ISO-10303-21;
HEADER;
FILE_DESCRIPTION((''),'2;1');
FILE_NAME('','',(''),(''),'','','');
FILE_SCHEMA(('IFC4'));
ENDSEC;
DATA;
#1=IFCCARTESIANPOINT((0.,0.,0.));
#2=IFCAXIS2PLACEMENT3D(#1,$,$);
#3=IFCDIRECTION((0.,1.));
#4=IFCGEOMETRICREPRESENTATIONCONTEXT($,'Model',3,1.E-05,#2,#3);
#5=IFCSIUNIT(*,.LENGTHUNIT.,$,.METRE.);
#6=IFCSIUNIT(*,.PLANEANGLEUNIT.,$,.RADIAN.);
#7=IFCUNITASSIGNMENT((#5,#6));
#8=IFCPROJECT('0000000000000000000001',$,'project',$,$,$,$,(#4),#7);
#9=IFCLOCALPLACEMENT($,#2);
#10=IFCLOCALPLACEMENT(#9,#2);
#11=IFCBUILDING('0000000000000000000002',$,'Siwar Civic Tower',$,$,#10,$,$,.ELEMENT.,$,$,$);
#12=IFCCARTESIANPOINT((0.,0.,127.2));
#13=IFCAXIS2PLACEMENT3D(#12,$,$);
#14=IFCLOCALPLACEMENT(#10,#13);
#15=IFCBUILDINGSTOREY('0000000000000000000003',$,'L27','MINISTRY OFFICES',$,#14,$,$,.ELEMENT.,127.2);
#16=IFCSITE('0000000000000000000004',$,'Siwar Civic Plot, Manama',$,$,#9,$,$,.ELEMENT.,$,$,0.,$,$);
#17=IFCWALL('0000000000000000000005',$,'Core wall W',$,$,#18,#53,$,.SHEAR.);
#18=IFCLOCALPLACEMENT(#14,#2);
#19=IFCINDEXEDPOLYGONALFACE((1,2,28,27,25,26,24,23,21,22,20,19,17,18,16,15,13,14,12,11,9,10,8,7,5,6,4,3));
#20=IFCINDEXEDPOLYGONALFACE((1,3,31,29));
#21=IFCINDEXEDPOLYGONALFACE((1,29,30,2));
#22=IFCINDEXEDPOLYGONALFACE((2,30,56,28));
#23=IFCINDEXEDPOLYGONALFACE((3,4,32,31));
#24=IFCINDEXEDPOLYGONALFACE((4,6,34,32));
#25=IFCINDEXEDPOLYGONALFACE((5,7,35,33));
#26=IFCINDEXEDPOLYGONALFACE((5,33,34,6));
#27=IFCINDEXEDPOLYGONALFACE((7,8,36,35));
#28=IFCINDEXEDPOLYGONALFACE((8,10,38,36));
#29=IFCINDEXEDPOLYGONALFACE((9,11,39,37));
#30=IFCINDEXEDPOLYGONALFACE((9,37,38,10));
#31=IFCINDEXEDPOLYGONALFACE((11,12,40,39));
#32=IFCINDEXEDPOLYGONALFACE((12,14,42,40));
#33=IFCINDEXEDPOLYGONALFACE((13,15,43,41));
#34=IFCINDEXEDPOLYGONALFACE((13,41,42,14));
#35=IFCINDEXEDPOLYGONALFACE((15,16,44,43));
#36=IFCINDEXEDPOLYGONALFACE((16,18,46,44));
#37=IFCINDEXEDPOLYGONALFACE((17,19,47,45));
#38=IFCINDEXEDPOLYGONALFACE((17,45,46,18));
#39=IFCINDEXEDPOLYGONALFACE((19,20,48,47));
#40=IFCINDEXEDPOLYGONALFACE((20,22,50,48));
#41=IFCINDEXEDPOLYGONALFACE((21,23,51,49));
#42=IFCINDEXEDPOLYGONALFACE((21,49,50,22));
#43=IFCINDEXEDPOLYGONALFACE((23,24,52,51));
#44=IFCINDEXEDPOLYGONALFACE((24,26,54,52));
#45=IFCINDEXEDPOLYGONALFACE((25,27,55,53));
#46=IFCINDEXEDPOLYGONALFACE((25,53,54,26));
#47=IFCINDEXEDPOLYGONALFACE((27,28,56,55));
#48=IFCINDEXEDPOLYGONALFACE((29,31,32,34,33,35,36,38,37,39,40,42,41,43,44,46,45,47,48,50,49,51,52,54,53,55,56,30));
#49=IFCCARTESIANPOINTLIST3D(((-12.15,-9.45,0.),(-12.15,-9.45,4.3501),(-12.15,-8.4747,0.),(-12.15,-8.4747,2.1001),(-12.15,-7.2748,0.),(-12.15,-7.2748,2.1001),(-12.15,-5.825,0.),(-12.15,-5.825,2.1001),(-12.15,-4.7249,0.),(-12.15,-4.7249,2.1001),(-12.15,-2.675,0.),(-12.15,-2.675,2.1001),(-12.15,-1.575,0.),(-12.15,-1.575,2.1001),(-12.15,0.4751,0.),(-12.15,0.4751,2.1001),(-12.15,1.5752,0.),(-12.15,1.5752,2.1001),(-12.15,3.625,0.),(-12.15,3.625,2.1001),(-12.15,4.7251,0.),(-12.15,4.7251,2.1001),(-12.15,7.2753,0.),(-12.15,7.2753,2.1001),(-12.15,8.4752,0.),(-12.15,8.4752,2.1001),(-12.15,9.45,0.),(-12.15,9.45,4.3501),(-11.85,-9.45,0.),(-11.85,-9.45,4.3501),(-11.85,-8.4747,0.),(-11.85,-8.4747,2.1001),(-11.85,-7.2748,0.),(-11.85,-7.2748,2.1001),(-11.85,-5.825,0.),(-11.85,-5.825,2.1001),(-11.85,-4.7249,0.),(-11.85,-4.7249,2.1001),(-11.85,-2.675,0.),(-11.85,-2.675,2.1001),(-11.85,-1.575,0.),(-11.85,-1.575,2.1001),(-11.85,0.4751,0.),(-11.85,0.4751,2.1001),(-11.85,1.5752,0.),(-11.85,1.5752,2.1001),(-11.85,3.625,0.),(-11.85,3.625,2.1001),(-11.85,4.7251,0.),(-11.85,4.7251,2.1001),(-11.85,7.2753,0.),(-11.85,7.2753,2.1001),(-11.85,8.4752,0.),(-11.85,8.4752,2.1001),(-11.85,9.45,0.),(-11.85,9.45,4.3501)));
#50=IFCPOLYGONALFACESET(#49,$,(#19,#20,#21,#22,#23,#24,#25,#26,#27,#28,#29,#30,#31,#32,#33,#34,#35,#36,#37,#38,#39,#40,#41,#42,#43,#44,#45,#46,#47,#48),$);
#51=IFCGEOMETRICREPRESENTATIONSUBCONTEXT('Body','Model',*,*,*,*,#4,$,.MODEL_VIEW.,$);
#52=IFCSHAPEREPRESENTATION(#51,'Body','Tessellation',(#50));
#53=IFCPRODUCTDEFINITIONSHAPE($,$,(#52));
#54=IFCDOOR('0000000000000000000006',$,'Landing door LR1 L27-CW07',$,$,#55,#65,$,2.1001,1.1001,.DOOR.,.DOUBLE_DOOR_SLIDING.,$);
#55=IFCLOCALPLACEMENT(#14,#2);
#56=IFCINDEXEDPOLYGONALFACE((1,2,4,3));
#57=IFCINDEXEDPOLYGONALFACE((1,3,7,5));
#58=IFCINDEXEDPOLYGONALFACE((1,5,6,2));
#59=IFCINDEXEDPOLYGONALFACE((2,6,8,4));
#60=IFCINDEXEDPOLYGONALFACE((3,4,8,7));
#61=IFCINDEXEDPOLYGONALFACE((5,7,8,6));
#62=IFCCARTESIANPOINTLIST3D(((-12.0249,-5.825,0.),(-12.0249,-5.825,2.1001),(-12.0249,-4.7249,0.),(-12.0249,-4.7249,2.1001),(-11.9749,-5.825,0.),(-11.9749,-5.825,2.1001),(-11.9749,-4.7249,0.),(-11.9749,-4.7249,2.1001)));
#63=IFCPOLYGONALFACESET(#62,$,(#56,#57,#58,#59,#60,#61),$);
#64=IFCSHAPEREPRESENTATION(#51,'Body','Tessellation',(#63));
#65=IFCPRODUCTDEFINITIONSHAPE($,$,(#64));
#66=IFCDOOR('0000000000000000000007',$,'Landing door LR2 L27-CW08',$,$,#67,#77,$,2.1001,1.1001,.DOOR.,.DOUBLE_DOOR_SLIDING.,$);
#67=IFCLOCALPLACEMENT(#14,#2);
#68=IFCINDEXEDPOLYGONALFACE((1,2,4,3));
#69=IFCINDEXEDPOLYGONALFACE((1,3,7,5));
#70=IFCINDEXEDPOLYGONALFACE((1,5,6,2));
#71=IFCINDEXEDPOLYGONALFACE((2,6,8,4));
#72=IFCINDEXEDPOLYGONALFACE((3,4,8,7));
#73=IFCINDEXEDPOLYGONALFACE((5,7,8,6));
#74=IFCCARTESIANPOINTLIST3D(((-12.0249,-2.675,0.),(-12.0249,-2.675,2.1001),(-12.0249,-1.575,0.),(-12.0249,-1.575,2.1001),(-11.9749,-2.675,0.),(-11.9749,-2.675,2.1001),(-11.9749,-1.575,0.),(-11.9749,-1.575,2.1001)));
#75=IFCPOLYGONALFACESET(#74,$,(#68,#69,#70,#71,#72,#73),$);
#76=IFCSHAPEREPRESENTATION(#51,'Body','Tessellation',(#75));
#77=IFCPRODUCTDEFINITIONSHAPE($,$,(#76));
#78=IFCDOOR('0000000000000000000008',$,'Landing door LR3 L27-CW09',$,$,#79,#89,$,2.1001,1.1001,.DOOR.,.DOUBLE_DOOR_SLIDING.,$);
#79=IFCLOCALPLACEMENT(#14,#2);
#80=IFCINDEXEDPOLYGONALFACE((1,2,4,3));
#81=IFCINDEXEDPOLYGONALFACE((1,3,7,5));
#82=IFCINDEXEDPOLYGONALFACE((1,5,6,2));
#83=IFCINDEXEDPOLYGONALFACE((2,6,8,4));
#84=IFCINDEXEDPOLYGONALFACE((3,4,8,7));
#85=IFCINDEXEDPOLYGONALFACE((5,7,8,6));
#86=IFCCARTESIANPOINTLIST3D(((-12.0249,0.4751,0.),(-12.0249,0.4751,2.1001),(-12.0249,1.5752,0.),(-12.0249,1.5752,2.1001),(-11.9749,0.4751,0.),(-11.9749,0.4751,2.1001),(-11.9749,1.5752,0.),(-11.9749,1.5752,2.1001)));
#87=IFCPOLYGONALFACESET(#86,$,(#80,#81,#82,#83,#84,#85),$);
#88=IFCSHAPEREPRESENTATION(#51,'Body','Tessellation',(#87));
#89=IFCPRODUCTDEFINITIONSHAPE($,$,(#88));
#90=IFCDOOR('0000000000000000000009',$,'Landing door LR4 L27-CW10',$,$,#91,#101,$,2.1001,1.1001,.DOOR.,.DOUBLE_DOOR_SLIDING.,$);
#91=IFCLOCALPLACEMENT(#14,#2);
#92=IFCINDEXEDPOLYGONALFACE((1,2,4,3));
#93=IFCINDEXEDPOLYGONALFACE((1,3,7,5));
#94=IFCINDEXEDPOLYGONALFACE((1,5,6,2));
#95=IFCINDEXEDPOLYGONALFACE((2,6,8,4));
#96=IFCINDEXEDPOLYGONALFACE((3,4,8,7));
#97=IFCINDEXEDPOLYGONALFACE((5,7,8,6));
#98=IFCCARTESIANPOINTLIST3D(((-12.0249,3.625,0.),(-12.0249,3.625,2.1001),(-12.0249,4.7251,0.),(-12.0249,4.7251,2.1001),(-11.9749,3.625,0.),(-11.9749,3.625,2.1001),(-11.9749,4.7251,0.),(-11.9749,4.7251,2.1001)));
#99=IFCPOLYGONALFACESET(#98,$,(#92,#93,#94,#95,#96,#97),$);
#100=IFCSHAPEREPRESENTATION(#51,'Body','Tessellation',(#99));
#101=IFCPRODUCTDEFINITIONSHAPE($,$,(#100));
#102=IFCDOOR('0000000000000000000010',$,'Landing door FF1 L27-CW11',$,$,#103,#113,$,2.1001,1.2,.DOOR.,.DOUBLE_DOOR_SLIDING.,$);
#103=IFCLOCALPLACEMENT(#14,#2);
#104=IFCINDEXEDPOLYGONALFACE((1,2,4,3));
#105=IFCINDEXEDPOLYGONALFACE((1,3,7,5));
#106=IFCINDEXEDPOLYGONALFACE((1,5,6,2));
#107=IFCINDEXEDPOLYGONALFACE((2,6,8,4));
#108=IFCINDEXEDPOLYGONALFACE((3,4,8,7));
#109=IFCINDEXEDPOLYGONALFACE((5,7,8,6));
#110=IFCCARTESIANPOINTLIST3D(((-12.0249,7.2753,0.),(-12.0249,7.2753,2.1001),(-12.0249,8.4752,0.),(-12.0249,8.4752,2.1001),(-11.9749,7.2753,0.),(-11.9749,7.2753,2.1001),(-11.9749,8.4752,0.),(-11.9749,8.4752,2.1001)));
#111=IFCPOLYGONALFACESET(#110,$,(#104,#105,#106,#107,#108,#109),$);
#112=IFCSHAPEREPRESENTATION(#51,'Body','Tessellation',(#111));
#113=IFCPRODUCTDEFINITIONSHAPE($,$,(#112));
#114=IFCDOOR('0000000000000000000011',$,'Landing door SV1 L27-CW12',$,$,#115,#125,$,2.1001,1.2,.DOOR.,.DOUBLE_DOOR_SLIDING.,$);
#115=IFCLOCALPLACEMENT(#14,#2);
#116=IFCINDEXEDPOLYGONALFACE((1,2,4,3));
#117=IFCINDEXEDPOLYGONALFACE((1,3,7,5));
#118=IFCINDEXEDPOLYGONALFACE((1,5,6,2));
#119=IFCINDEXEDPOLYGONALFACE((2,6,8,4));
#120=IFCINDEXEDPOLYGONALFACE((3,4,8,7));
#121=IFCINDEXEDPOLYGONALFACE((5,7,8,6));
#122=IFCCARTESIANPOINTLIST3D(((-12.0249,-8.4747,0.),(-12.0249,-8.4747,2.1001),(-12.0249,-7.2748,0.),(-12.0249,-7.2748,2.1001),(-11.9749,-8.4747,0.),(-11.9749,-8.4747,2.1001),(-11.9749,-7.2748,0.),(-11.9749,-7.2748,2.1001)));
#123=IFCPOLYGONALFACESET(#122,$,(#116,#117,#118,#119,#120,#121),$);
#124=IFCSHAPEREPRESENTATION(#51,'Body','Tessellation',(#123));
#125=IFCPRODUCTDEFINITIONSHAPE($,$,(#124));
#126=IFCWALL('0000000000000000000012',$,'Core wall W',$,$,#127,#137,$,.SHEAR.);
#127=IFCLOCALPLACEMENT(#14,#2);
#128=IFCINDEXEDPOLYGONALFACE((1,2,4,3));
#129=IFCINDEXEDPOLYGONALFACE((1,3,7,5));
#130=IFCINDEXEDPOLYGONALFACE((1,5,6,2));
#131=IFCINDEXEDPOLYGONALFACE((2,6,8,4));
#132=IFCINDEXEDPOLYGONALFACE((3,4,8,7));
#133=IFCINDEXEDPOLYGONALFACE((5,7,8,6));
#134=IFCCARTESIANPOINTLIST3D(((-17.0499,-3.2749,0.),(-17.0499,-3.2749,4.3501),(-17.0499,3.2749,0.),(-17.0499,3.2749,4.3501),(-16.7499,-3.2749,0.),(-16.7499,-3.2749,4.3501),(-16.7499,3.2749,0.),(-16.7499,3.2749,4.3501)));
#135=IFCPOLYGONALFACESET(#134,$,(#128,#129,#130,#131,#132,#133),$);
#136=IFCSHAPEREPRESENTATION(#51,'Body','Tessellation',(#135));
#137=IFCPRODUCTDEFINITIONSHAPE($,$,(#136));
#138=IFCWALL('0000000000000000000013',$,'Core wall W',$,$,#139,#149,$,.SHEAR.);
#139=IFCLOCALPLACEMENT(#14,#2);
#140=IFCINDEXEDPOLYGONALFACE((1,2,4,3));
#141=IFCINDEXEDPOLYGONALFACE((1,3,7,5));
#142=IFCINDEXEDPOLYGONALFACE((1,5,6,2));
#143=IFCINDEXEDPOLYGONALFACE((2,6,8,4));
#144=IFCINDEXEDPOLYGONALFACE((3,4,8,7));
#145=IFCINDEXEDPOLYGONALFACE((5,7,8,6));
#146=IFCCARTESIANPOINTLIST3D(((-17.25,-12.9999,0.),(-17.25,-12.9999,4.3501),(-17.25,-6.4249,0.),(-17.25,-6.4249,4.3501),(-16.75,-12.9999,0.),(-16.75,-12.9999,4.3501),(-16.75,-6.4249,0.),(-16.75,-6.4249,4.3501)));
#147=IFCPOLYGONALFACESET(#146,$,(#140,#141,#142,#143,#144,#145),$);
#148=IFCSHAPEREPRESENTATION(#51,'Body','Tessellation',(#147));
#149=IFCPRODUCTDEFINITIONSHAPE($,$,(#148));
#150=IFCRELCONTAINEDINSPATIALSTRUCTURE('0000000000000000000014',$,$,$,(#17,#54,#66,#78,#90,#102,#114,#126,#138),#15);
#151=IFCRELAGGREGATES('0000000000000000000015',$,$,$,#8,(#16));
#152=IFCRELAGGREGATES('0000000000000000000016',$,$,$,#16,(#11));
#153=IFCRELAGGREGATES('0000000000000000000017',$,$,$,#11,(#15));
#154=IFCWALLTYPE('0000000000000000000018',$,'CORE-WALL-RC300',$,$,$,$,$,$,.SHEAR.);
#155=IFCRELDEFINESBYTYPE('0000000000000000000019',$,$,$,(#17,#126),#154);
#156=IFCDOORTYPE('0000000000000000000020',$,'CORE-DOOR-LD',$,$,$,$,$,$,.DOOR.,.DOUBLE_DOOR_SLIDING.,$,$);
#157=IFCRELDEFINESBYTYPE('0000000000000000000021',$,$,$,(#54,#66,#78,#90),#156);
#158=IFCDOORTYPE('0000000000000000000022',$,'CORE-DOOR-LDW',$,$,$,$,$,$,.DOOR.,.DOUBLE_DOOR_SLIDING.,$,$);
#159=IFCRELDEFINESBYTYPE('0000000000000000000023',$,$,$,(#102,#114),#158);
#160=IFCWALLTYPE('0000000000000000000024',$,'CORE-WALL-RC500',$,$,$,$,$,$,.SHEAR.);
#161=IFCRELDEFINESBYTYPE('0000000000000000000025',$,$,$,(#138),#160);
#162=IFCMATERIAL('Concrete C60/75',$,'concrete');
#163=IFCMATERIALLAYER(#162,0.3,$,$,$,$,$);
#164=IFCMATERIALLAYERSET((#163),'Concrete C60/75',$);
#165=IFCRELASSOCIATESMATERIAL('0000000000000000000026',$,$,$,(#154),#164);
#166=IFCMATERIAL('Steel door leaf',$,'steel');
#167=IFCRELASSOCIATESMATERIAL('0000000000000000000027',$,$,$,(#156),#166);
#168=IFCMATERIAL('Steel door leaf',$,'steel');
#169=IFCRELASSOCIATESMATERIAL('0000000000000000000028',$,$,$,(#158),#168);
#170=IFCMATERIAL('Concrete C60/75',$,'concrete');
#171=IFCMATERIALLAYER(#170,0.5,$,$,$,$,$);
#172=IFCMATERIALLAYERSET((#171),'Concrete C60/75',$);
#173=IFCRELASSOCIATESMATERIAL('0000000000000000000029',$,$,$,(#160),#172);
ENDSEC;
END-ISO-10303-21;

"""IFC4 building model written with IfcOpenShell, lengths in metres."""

from ifc_helpers import new_model, si_unit, direction, frame, frame_2d, origin, place, context, subcontext, project, spatial, rectangle, extrude, material, layer, layer_set, type_object, element, fill, save


model = new_model("IFC4")

# Units and contexts
model_context = context("Model", 3, precision=1e-05, world=origin(), true_north=direction((0.0, 1.0)))
body_context = subcontext(model_context, "Body", "Model", "MODEL_VIEW")
ifc_project = project(units=[si_unit("LENGTHUNIT", "METRE"), si_unit("PLANEANGLEUNIT", "RADIAN")], contexts=[model_context])

# Site, building, storey
site_placement = place(None, origin())
site = spatial("IfcSite", under=ifc_project, at=site_placement, Name="Siwar Civic Plot, Manama", CompositionType="ELEMENT", RefElevation=0.0)
building_placement = place(site_placement, origin())
building = spatial("IfcBuilding", under=site, at=building_placement, Name="Siwar Civic Tower", CompositionType="ELEMENT")
storey_placement = place(building_placement, frame((0.0, 0.0, 127.2)))
storey = spatial("IfcBuildingStorey", under=building, at=storey_placement, Name="L27", Description="MINISTRY OFFICES", CompositionType="ELEMENT", Elevation=127.2)

# Wall, openings, doors
ifc_material_1 = material(Name="Concrete C60/75", Category="concrete")
ifc_layer_1 = layer(ifc_material_1, 0.3)
ifc_layer_set_1 = layer_set([ifc_layer_1], Name="Concrete C60/75")
wall_type_1 = type_object("IfcWallType", Name="CORE-WALL-RC300", PredefinedType="SHEAR", material=ifc_layer_set_1)
wall_1_placement = place(storey_placement, frame((-12.0, -9.45, 0.0), z_axis=(0.0, 0.0, 1.0), x_axis=(0.0, 1.0, 0.0)))
wall_1 = element("IfcWall", 1, at=wall_1_placement, inside=storey, type_object=wall_type_1, Name="Core wall W", PredefinedType="SHEAR", context=body_context, shape_type="SweptSolid", body=[
    extrude(rectangle(XDim=18.8999, YDim=0.3, at=frame_2d((9.45, 0.0))), origin(), (0.0, 0.0, 1.0), 4.3501),
])
opening_1_placement = place(wall_1_placement, frame((3.625, 0.0, 0.0)))
opening_1 = element("IfcOpeningElement", 2, at=opening_1_placement, cuts=wall_1, PredefinedType="OPENING", context=body_context, shape_type="SweptSolid", body=[
    extrude(rectangle(XDim=1.1001, YDim=2.1001, at=frame_2d((0.55, 1.05))), frame((0.0, 0.1602, 0.0), z_axis=(0.0, -1.0, 0.0), x_axis=(1.0, 0.0, 0.0)), (0.0, 0.0, 1.0), 0.3201),
])
opening_2_placement = place(wall_1_placement, frame((6.7749, 0.0, 0.0)))
opening_2 = element("IfcOpeningElement", 3, at=opening_2_placement, cuts=wall_1, PredefinedType="OPENING", context=body_context, shape_type="SweptSolid", body=[
    extrude(rectangle(XDim=1.1001, YDim=2.1001, at=frame_2d((0.55, 1.05))), frame((0.0, 0.1602, 0.0), z_axis=(0.0, -1.0, 0.0), x_axis=(1.0, 0.0, 0.0)), (0.0, 0.0, 1.0), 0.3201),
])
opening_3_placement = place(wall_1_placement, frame((9.925, 0.0, 0.0)))
opening_3 = element("IfcOpeningElement", 4, at=opening_3_placement, cuts=wall_1, PredefinedType="OPENING", context=body_context, shape_type="SweptSolid", body=[
    extrude(rectangle(XDim=1.1001, YDim=2.1001, at=frame_2d((0.55, 1.05))), frame((0.0, 0.1602, 0.0), z_axis=(0.0, -1.0, 0.0), x_axis=(1.0, 0.0, 0.0)), (0.0, 0.0, 1.0), 0.3201),
])
opening_4_placement = place(wall_1_placement, frame((13.075, 0.0, 0.0)))
opening_4 = element("IfcOpeningElement", 5, at=opening_4_placement, cuts=wall_1, PredefinedType="OPENING", context=body_context, shape_type="SweptSolid", body=[
    extrude(rectangle(XDim=1.1001, YDim=2.1001, at=frame_2d((0.55, 1.05))), frame((0.0, 0.1602, 0.0), z_axis=(0.0, -1.0, 0.0), x_axis=(1.0, 0.0, 0.0)), (0.0, 0.0, 1.0), 0.3201),
])
opening_5_placement = place(wall_1_placement, frame((16.7251, 0.0, 0.0)))
opening_5 = element("IfcOpeningElement", 6, at=opening_5_placement, cuts=wall_1, PredefinedType="OPENING", context=body_context, shape_type="SweptSolid", body=[
    extrude(rectangle(XDim=1.2, YDim=2.1001, at=frame_2d((0.6001, 1.05))), frame((0.0, 0.1602, 0.0), z_axis=(0.0, -1.0, 0.0), x_axis=(1.0, 0.0, 0.0)), (0.0, 0.0, 1.0), 0.3201),
])
opening_6_placement = place(wall_1_placement, frame((0.9751, 0.0, 0.0)))
opening_6 = element("IfcOpeningElement", 7, at=opening_6_placement, cuts=wall_1, PredefinedType="OPENING", context=body_context, shape_type="SweptSolid", body=[
    extrude(rectangle(XDim=1.2, YDim=2.1001, at=frame_2d((0.6001, 1.05))), frame((0.0, 0.1602, 0.0), z_axis=(0.0, -1.0, 0.0), x_axis=(1.0, 0.0, 0.0)), (0.0, 0.0, 1.0), 0.3201),
])
ifc_material_2 = material(Name="Steel door leaf", Category="steel")
door_type_1 = type_object("IfcDoorType", Name="CORE-DOOR-LD", OperationType="DOUBLE_DOOR_SLIDING", PredefinedType="DOOR", material=ifc_material_2)
door_1_placement = place(opening_1_placement, origin())
door_1 = element("IfcDoor", 8, at=door_1_placement, inside=storey, type_object=door_type_1, Name="Landing door LR1 L27-CW07", OperationType="DOUBLE_DOOR_SLIDING", OverallHeight=2.1001, OverallWidth=1.1001, PredefinedType="DOOR", context=body_context, shape_type="SweptSolid", body=[
    extrude(rectangle(XDim=1.1001, YDim=2.1001, at=frame_2d((0.55, 1.05))), frame((0.0, 0.0249, 0.0), z_axis=(0.0, -1.0, 0.0), x_axis=(1.0, 0.0, 0.0)), (0.0, 0.0, 1.0), 0.05),
])
fill(opening_1, door_1)
door_2_placement = place(opening_2_placement, origin())
door_2 = element("IfcDoor", 9, at=door_2_placement, inside=storey, type_object=door_type_1, Name="Landing door LR2 L27-CW08", OperationType="DOUBLE_DOOR_SLIDING", OverallHeight=2.1001, OverallWidth=1.1001, PredefinedType="DOOR", context=body_context, shape_type="SweptSolid", body=[
    extrude(rectangle(XDim=1.1001, YDim=2.1001, at=frame_2d((0.55, 1.05))), frame((0.0, 0.0249, 0.0), z_axis=(0.0, -1.0, 0.0), x_axis=(1.0, 0.0, 0.0)), (0.0, 0.0, 1.0), 0.05),
])
fill(opening_2, door_2)
door_3_placement = place(opening_3_placement, origin())
door_3 = element("IfcDoor", 10, at=door_3_placement, inside=storey, type_object=door_type_1, Name="Landing door LR3 L27-CW09", OperationType="DOUBLE_DOOR_SLIDING", OverallHeight=2.1001, OverallWidth=1.1001, PredefinedType="DOOR", context=body_context, shape_type="SweptSolid", body=[
    extrude(rectangle(XDim=1.1001, YDim=2.1001, at=frame_2d((0.55, 1.05))), frame((0.0, 0.0249, 0.0), z_axis=(0.0, -1.0, 0.0), x_axis=(1.0, 0.0, 0.0)), (0.0, 0.0, 1.0), 0.05),
])
fill(opening_3, door_3)
door_4_placement = place(opening_4_placement, origin())
door_4 = element("IfcDoor", 11, at=door_4_placement, inside=storey, type_object=door_type_1, Name="Landing door LR4 L27-CW10", OperationType="DOUBLE_DOOR_SLIDING", OverallHeight=2.1001, OverallWidth=1.1001, PredefinedType="DOOR", context=body_context, shape_type="SweptSolid", body=[
    extrude(rectangle(XDim=1.1001, YDim=2.1001, at=frame_2d((0.55, 1.05))), frame((0.0, 0.0249, 0.0), z_axis=(0.0, -1.0, 0.0), x_axis=(1.0, 0.0, 0.0)), (0.0, 0.0, 1.0), 0.05),
])
fill(opening_4, door_4)
ifc_material_3 = material(Name="Steel door leaf", Category="steel")
door_type_2 = type_object("IfcDoorType", Name="CORE-DOOR-LDW", OperationType="DOUBLE_DOOR_SLIDING", PredefinedType="DOOR", material=ifc_material_3)
door_5_placement = place(opening_5_placement, origin())
door_5 = element("IfcDoor", 12, at=door_5_placement, inside=storey, type_object=door_type_2, Name="Landing door FF1 L27-CW11", OperationType="DOUBLE_DOOR_SLIDING", OverallHeight=2.1001, OverallWidth=1.2, PredefinedType="DOOR", context=body_context, shape_type="SweptSolid", body=[
    extrude(rectangle(XDim=1.2, YDim=2.1001, at=frame_2d((0.6001, 1.05))), frame((0.0, 0.0249, 0.0), z_axis=(0.0, -1.0, 0.0), x_axis=(1.0, 0.0, 0.0)), (0.0, 0.0, 1.0), 0.05),
])
fill(opening_5, door_5)
door_6_placement = place(opening_6_placement, origin())
door_6 = element("IfcDoor", 13, at=door_6_placement, inside=storey, type_object=door_type_2, Name="Landing door SV1 L27-CW12", OperationType="DOUBLE_DOOR_SLIDING", OverallHeight=2.1001, OverallWidth=1.2, PredefinedType="DOOR", context=body_context, shape_type="SweptSolid", body=[
    extrude(rectangle(XDim=1.2, YDim=2.1001, at=frame_2d((0.6001, 1.05))), frame((0.0, 0.0249, 0.0), z_axis=(0.0, -1.0, 0.0), x_axis=(1.0, 0.0, 0.0)), (0.0, 0.0, 1.0), 0.05),
])
fill(opening_6, door_6)

# Walls
wall_2_placement = place(storey_placement, frame((-16.8999, -3.2749, 0.0), z_axis=(0.0, 0.0, 1.0), x_axis=(0.0, 1.0, 0.0)))
element("IfcWall", 14, at=wall_2_placement, inside=storey, type_object=wall_type_1, Name="Core wall W", PredefinedType="SHEAR", context=body_context, shape_type="SweptSolid", body=[
    extrude(rectangle(XDim=6.5498, YDim=0.3, at=frame_2d((3.2749, 0.0))), origin(), (0.0, 0.0, 1.0), 4.3501),
])
ifc_material_4 = material(Name="Concrete C60/75", Category="concrete")
ifc_layer_2 = layer(ifc_material_4, 0.5)
ifc_layer_set_2 = layer_set([ifc_layer_2], Name="Concrete C60/75")
wall_type_2 = type_object("IfcWallType", Name="CORE-WALL-RC500", PredefinedType="SHEAR", material=ifc_layer_set_2)
wall_3_placement = place(storey_placement, frame((-17.0, -13.0, 0.0), z_axis=(0.0, 0.0, 1.0), x_axis=(0.0, 1.0, 0.0)))
element("IfcWall", 15, at=wall_3_placement, inside=storey, type_object=wall_type_2, Name="Core wall W", PredefinedType="SHEAR", context=body_context, shape_type="SweptSolid", body=[
    extrude(rectangle(XDim=6.575, YDim=0.5, at=frame_2d((3.2876, 0.0))), origin(), (0.0, 0.0, 1.0), 4.3501),
])

save(model, "model.ifc")
